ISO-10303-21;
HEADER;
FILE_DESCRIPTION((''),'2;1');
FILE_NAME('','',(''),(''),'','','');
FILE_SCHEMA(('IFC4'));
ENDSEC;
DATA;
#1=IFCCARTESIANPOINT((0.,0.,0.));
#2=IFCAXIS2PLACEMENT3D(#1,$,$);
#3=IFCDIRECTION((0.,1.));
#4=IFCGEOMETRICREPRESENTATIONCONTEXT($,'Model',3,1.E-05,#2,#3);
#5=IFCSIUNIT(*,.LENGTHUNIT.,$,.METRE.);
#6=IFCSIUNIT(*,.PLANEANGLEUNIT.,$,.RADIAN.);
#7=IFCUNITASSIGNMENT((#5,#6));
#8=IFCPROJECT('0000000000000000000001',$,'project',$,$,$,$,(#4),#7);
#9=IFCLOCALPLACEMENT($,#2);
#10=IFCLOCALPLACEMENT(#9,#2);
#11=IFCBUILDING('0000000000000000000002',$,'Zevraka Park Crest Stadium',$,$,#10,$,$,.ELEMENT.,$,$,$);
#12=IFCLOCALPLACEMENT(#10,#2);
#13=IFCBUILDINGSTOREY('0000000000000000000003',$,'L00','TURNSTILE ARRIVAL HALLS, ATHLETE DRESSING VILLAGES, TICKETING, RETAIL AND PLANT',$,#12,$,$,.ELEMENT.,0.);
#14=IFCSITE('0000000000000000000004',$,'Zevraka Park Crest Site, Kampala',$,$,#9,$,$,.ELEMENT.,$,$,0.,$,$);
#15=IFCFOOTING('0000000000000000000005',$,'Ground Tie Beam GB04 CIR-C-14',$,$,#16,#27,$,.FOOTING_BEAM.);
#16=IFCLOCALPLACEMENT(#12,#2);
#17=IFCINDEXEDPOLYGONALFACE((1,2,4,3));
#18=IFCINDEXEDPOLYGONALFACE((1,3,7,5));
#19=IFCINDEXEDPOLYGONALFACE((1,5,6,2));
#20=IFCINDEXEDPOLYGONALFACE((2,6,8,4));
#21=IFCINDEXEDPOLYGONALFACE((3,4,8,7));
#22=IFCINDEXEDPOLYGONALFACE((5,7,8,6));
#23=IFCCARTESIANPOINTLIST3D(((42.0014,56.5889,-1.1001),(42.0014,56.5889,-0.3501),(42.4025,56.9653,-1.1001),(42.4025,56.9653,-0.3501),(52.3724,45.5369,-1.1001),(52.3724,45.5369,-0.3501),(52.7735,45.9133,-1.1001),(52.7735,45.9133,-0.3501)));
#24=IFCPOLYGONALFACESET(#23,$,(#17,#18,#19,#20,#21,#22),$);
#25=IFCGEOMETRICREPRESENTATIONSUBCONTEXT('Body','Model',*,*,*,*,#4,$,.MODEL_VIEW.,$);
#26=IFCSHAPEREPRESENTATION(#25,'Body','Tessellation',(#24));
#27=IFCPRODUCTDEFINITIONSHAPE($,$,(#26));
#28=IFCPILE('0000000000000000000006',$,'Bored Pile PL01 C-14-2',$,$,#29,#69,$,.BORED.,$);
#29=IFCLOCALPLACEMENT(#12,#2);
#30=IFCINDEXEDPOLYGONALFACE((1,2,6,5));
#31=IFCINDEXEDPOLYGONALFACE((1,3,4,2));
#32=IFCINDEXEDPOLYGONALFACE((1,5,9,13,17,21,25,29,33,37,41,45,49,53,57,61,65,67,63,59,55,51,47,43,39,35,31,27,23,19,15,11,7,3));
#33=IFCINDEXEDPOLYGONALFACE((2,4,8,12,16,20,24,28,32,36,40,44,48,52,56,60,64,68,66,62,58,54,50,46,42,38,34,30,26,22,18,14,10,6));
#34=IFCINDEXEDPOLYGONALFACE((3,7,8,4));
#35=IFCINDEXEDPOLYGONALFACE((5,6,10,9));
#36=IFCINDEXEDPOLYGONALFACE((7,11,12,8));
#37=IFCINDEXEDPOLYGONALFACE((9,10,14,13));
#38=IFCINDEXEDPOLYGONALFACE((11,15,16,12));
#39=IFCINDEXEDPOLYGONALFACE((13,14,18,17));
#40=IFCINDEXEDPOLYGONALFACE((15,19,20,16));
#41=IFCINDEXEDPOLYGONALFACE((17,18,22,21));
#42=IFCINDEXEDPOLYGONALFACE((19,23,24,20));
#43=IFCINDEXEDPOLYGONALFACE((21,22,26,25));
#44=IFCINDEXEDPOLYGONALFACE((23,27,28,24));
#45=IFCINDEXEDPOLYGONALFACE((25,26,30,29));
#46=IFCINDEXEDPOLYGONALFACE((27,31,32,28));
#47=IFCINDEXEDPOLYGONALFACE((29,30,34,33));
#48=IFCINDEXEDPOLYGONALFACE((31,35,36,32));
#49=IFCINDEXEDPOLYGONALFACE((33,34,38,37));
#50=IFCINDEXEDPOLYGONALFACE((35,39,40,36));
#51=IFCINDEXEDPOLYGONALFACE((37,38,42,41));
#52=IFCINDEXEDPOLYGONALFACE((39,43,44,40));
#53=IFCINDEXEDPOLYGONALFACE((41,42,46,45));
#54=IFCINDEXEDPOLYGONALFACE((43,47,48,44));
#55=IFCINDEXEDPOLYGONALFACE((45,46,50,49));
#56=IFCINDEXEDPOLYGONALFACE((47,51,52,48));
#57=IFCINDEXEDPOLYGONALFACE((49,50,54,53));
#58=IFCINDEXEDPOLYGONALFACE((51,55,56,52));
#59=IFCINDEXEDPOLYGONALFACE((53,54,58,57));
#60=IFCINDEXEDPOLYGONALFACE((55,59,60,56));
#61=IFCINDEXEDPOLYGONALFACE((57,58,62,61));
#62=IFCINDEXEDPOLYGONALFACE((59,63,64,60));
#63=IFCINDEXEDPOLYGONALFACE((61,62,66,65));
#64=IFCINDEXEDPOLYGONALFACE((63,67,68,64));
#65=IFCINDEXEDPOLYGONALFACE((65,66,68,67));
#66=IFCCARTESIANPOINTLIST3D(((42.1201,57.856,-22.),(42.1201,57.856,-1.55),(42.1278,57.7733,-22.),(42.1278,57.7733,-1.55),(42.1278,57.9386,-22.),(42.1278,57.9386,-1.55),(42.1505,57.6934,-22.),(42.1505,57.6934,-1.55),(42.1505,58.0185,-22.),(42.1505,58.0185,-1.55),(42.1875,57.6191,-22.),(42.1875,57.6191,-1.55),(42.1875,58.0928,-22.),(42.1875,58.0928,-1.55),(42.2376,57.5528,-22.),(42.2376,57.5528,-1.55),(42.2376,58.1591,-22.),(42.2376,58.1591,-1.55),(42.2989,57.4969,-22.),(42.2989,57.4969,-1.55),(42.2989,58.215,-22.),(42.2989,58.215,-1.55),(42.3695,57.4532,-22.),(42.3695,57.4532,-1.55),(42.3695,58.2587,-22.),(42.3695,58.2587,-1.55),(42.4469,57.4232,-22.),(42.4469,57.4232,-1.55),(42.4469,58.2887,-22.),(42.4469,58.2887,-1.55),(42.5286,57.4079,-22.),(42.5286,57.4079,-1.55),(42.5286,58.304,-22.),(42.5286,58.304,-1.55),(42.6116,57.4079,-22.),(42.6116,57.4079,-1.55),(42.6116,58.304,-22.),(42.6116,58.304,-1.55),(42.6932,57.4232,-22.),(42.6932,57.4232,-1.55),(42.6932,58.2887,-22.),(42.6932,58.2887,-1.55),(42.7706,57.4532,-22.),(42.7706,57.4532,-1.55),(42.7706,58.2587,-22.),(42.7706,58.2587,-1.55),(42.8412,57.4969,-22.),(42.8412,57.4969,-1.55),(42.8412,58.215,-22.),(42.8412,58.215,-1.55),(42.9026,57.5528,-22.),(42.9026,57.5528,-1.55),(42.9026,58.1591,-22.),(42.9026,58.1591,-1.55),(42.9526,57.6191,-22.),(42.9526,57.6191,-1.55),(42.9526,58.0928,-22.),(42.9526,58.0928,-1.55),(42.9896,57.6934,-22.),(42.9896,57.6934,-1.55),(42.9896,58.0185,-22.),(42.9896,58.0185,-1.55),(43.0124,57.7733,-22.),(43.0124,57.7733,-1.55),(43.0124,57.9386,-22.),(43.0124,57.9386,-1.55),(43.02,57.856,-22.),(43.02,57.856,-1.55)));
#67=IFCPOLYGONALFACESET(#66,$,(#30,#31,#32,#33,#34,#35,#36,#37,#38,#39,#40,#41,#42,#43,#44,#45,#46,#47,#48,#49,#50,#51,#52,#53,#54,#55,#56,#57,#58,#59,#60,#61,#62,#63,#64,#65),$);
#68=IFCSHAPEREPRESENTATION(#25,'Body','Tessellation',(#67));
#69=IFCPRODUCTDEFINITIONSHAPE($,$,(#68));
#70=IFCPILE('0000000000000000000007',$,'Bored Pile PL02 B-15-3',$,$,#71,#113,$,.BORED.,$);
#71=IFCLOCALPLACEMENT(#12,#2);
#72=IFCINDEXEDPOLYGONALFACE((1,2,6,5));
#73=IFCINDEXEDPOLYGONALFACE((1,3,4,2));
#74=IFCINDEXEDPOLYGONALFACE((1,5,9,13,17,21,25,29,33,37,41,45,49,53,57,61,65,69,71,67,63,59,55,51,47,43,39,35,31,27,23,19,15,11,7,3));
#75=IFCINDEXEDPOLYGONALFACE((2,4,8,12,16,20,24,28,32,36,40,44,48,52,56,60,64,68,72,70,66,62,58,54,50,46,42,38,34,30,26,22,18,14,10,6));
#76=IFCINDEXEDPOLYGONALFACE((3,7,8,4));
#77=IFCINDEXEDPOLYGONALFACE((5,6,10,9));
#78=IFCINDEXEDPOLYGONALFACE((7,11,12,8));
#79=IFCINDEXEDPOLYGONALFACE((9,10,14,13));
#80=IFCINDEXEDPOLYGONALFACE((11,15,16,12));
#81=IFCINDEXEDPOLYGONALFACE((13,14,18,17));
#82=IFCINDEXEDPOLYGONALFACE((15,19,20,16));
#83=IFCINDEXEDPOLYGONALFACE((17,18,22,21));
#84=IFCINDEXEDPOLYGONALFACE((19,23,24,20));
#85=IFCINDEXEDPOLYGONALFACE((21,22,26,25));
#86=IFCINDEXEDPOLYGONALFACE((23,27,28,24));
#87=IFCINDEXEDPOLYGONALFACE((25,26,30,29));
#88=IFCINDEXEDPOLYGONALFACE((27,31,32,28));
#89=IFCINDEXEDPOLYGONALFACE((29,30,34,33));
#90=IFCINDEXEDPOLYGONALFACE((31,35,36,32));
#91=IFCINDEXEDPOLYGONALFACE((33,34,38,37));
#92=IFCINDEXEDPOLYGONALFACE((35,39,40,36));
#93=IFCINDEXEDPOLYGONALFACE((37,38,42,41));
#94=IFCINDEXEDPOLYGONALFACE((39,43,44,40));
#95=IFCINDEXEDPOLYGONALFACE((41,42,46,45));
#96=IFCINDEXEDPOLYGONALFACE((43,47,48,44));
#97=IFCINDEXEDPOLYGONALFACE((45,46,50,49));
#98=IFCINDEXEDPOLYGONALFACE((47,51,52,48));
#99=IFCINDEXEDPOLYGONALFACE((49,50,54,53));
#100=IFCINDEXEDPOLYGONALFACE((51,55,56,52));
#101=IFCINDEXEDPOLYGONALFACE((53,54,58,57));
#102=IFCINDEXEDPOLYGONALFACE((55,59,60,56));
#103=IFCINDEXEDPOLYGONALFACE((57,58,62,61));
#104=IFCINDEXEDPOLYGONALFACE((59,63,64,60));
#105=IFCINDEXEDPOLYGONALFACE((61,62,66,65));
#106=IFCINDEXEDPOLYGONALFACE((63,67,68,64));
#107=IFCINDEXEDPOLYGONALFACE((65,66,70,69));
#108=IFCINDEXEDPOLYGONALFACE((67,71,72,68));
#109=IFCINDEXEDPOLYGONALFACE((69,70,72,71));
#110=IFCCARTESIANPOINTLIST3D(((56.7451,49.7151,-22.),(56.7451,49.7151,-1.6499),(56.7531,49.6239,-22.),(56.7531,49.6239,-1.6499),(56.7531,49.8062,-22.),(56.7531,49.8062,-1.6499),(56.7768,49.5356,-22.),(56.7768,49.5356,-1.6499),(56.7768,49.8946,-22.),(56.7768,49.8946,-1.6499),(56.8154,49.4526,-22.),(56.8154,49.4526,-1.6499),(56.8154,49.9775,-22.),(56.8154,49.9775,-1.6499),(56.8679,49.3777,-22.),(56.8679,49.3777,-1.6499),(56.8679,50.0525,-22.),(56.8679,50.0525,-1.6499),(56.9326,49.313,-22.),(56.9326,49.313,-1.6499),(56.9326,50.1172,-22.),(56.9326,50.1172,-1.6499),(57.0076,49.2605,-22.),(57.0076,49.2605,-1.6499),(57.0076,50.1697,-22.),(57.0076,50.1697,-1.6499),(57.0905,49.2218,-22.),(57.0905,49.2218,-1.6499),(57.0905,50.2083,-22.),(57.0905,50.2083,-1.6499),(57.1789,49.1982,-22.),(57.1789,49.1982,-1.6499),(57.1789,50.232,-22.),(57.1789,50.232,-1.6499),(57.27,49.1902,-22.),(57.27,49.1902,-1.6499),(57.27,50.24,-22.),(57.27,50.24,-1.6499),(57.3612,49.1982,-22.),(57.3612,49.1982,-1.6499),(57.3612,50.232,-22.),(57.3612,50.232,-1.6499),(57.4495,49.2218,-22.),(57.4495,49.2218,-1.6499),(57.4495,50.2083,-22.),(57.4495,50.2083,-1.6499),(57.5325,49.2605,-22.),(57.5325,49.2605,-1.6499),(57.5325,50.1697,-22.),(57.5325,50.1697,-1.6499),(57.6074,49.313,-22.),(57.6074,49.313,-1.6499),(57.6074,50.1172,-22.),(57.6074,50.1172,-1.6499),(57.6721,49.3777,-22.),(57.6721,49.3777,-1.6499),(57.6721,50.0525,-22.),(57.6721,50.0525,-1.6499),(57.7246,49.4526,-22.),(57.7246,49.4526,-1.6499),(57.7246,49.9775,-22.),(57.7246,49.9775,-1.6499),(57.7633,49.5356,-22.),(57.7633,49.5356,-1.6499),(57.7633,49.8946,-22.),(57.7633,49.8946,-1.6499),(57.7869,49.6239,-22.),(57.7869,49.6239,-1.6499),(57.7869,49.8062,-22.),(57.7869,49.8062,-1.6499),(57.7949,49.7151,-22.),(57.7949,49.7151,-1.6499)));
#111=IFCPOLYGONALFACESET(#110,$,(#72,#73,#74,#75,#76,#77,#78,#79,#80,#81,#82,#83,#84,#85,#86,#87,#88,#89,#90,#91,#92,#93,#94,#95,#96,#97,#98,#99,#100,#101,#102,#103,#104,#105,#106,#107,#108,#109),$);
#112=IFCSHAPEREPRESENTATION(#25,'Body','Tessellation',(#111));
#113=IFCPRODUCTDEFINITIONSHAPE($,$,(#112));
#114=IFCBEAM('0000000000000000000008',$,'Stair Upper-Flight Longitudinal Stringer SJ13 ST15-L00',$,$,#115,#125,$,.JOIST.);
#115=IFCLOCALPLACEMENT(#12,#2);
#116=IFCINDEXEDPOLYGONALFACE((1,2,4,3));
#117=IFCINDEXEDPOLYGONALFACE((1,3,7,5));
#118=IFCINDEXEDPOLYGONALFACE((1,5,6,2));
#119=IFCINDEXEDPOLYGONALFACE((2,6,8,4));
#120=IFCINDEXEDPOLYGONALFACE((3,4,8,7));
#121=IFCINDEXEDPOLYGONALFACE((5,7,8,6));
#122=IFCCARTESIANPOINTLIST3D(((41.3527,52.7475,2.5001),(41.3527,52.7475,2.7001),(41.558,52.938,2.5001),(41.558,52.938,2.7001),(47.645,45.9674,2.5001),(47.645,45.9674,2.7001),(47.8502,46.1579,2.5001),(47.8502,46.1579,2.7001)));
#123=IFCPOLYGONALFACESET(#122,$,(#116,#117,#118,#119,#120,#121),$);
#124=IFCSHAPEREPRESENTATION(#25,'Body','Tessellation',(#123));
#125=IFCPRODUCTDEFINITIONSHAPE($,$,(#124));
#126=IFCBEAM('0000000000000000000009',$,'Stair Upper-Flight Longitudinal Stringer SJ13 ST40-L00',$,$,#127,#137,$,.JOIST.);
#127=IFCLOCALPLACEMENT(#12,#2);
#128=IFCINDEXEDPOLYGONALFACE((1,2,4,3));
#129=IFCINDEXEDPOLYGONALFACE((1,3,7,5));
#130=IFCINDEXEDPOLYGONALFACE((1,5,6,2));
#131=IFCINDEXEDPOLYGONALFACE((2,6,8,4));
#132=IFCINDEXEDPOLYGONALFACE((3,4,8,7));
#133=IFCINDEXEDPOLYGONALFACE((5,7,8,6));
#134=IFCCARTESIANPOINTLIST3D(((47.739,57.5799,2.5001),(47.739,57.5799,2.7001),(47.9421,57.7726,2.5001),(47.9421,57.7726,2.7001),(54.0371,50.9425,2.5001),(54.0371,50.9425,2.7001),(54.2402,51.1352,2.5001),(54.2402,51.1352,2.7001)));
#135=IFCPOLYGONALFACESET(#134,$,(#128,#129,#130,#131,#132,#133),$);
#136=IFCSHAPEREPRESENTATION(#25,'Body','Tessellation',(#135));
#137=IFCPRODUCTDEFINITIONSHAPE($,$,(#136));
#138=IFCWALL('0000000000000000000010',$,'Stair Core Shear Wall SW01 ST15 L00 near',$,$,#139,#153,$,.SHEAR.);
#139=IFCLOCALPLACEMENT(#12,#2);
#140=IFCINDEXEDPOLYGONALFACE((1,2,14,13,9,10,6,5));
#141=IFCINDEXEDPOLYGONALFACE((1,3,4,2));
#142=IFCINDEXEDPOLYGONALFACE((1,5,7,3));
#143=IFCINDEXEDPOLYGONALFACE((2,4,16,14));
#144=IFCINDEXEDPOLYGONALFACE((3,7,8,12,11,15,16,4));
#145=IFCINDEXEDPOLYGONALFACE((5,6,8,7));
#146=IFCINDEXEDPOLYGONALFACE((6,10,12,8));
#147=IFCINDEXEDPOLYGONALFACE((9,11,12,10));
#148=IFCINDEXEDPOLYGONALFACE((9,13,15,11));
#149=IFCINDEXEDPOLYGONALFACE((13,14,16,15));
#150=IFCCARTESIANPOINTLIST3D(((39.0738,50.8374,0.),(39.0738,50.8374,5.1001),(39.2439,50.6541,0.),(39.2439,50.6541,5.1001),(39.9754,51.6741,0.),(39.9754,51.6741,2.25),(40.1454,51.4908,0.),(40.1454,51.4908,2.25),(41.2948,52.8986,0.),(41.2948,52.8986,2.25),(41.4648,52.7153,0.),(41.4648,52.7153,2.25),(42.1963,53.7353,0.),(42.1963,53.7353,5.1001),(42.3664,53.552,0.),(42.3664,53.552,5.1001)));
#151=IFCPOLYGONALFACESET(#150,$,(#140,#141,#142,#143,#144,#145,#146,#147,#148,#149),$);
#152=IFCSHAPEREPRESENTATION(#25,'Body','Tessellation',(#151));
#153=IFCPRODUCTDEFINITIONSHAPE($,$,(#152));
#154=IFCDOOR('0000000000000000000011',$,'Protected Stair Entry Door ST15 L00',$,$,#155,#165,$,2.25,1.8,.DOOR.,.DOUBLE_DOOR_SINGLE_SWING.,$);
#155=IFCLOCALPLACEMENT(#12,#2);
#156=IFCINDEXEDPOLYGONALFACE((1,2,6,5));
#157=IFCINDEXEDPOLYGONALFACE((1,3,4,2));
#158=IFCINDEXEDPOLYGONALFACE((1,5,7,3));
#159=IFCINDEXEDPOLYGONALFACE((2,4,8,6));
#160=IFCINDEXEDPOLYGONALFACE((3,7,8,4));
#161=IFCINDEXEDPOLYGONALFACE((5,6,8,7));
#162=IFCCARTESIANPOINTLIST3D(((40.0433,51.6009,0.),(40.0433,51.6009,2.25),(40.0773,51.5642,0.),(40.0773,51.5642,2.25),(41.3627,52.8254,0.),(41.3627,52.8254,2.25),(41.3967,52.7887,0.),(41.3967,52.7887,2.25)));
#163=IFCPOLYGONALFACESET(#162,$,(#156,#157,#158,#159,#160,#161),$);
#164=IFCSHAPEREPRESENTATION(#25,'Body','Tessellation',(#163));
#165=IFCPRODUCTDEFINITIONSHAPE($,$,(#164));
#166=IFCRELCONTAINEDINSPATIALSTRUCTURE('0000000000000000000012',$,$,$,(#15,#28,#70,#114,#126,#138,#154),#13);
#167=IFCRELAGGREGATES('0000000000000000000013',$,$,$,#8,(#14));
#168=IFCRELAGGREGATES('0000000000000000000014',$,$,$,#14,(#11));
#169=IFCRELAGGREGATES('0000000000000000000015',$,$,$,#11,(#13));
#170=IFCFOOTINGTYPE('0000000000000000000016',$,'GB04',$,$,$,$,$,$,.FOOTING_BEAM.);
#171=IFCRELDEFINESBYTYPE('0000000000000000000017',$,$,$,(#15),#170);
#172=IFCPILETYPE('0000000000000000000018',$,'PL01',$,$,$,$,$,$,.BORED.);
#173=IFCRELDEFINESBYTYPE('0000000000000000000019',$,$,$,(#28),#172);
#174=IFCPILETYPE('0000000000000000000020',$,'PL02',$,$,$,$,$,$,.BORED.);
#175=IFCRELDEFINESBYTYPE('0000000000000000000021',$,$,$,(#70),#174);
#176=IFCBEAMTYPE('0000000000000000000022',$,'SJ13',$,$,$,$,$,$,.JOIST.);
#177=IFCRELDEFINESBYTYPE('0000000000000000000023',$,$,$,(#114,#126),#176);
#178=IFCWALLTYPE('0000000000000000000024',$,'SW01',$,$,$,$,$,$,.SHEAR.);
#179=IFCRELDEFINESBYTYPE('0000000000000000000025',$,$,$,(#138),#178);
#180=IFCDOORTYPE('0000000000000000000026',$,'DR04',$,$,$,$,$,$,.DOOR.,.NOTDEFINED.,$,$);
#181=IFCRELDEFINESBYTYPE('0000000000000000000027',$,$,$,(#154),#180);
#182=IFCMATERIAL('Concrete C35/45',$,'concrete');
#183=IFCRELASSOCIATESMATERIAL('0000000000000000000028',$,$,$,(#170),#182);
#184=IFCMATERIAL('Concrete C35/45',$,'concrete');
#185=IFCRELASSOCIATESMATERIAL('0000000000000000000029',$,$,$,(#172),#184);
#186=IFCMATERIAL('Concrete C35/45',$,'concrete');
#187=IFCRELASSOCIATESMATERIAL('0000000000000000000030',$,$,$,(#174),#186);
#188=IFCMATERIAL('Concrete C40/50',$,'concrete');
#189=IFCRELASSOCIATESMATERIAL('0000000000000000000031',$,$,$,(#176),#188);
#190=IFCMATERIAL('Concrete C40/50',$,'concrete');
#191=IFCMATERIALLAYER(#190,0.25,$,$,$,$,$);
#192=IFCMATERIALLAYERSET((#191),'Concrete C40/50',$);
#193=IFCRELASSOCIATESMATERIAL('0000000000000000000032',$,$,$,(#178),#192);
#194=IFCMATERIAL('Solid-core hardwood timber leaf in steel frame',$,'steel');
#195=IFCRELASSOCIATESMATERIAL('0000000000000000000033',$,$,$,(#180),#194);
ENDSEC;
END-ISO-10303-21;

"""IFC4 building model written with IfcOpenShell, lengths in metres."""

from ifc_helpers import new_model, si_unit, direction, frame, frame_2d, origin, origin_2d, place, context, subcontext, project, spatial, rectangle, circle, extrude, material, layer, layer_set, material_profile, profile_set, type_object, element, fill, save


model = new_model("IFC4")

# Units and contexts
model_context = context("Model", 3, precision=1e-05, world=origin(), true_north=direction((0.0, 1.0)))
body_context = subcontext(model_context, "Body", "Model", "MODEL_VIEW")
ifc_project = project(units=[si_unit("LENGTHUNIT", "METRE"), si_unit("PLANEANGLEUNIT", "RADIAN")], contexts=[model_context])

# Site, building, storey
site_placement = place(None, origin())
site = spatial("IfcSite", under=ifc_project, at=site_placement, Name="Zevraka Park Crest Site, Kampala", CompositionType="ELEMENT", RefElevation=0.0)
building_placement = place(site_placement, origin())
building = spatial("IfcBuilding", under=site, at=building_placement, Name="Zevraka Park Crest Stadium", CompositionType="ELEMENT")
storey_placement = place(building_placement, origin())
storey = spatial("IfcBuildingStorey", under=building, at=storey_placement, Name="L00", Description="TURNSTILE ARRIVAL HALLS, ATHLETE DRESSING VILLAGES, TICKETING, RETAIL AND PLANT", CompositionType="ELEMENT", Elevation=0.0)

# Footing
ifc_material_1 = material(Name="Concrete C35/45", Category="concrete")
ifc_material_profile_1 = material_profile(ifc_material_1, rectangle(XDim=0.55, YDim=0.75, at=origin_2d()), Name="GB 750x550")
ifc_profile_set_1 = profile_set([ifc_material_profile_1], Name="Concrete C35/45")
footing_type = type_object("IfcFootingType", Name="GB04", PredefinedType="FOOTING_BEAM", material=ifc_profile_set_1)
footing_placement = place(storey_placement, frame((42.2019, 56.7771, -0.7251), z_axis=(0.684287, -0.729213, 0.0), x_axis=(0.729213, 0.684287, 0.0)))
element("IfcFooting", 1, at=footing_placement, inside=storey, type_object=footing_type, Name="Ground Tie Beam GB04 CIR-C-14", PredefinedType="FOOTING_BEAM", context=body_context, shape_type="SweptSolid", body=[
    extrude(rectangle(XDim=0.55, YDim=0.75, at=origin_2d()), origin(), (0.0, 0.0, 1.0), 15.156),
])

# Piles
ifc_material_2 = material(Name="Concrete C35/45", Category="concrete")
ifc_material_profile_2 = material_profile(ifc_material_2, circle(Radius=0.45, at=origin_2d()), Name="PILE D900")
ifc_profile_set_2 = profile_set([ifc_material_profile_2], Name="Concrete C35/45")
pile_type_1 = type_object("IfcPileType", Name="PL01", PredefinedType="BORED", material=ifc_profile_set_2)
pile_1_placement = place(storey_placement, frame((42.5701, 57.856, -1.55), z_axis=(0.0, 0.0, -1.0), x_axis=(1.0, 0.0, 0.0)))
element("IfcPile", 2, at=pile_1_placement, inside=storey, type_object=pile_type_1, Name="Bored Pile PL01 C-14-2", PredefinedType="BORED", context=body_context, shape_type="SweptSolid", body=[
    extrude(circle(Radius=0.45, at=origin_2d()), origin(), (0.0, 0.0, 1.0), 20.45),
])
ifc_material_3 = material(Name="Concrete C35/45", Category="concrete")
ifc_material_profile_3 = material_profile(ifc_material_3, circle(Radius=0.5249, at=origin_2d()), Name="PILE D1050")
ifc_profile_set_3 = profile_set([ifc_material_profile_3], Name="Concrete C35/45")
pile_type_2 = type_object("IfcPileType", Name="PL02", PredefinedType="BORED", material=ifc_profile_set_3)
pile_2_placement = place(storey_placement, frame((57.27, 49.7151, -1.6499), z_axis=(0.0, 0.0, -1.0), x_axis=(1.0, 0.0, 0.0)))
element("IfcPile", 3, at=pile_2_placement, inside=storey, type_object=pile_type_2, Name="Bored Pile PL02 B-15-3", PredefinedType="BORED", context=body_context, shape_type="SweptSolid", body=[
    extrude(circle(Radius=0.5249, at=origin_2d()), origin(), (0.0, 0.0, 1.0), 20.3501),
])

# Beams
ifc_material_4 = material(Name="Concrete C40/50", Category="concrete")
ifc_material_profile_4 = material_profile(ifc_material_4, rectangle(XDim=0.28, YDim=0.2, at=origin_2d()), Name="RC 200x280")
ifc_profile_set_4 = profile_set([ifc_material_profile_4], Name="Concrete C40/50")
beam_type = type_object("IfcBeamType", Name="SJ13", PredefinedType="JOIST", material=ifc_profile_set_4)
beam_1_placement = place(storey_placement, frame((41.4553, 52.8428, 2.6001), z_axis=(0.680248, -0.732982, 0.0), x_axis=(0.732982, 0.680248, 0.0)))
element("IfcBeam", 4, at=beam_1_placement, inside=storey, type_object=beam_type, Name="Stair Upper-Flight Longitudinal Stringer SJ13 ST15-L00", PredefinedType="JOIST", context=body_context, shape_type="SweptSolid", body=[
    extrude(rectangle(XDim=0.28, YDim=0.2, at=origin_2d()), origin(), (0.0, 0.0, 1.0), 9.25),
])
beam_2_placement = place(storey_placement, frame((47.8406, 57.6763, 2.6001), z_axis=(0.688319, -0.725408, 0.0), x_axis=(0.725408, 0.688319, 0.0)))
element("IfcBeam", 5, at=beam_2_placement, inside=storey, type_object=beam_type, Name="Stair Upper-Flight Longitudinal Stringer SJ13 ST40-L00", PredefinedType="JOIST", context=body_context, shape_type="SweptSolid", body=[
    extrude(rectangle(XDim=0.28, YDim=0.2, at=origin_2d()), origin(), (0.0, 0.0, 1.0), 9.1499),
])

# Wall, opening, door
ifc_material_5 = material(Name="Concrete C40/50", Category="concrete")
ifc_layer = layer(ifc_material_5, 0.25)
ifc_layer_set = layer_set([ifc_layer], Name="Concrete C40/50")
wall_type = type_object("IfcWallType", Name="SW01", PredefinedType="SHEAR", material=ifc_layer_set)
wall_1_placement = place(storey_placement, frame((42.2812, 53.6436, 0.0), z_axis=(0.0, 0.0, 1.0), x_axis=(-0.732977, -0.680253, 0.0)))
wall_1 = element("IfcWall", 6, at=wall_1_placement, inside=storey, type_object=wall_type, Name="Stair Core Shear Wall SW01 ST15 L00 near", PredefinedType="SHEAR", context=body_context, shape_type="SweptSolid", body=[
    extrude(rectangle(XDim=4.26, YDim=0.25, at=frame_2d((2.1299, 0.0))), origin(), (0.0, 0.0, 1.0), 5.1001),
])
opening_1_placement = place(wall_1_placement, frame((1.23, 0.0, 0.0)))
opening_1 = element("IfcOpeningElement", 7, at=opening_1_placement, cuts=wall_1, PredefinedType="OPENING", context=body_context, shape_type="SweptSolid", body=[
    extrude(rectangle(XDim=1.8, YDim=2.25, at=frame_2d((0.8999, 1.125))), frame((0.0, 0.135, 0.0), z_axis=(0.0, -1.0, 0.0), x_axis=(1.0, 0.0, 0.0)), (0.0, 0.0, 1.0), 0.27),
])
ifc_material_6 = material(Name="Solid-core hardwood timber leaf in steel frame", Category="steel")
door_type_1 = type_object("IfcDoorType", Name="DR04", OperationType="NOTDEFINED", PredefinedType="DOOR", material=ifc_material_6)
door_1_placement = place(opening_1_placement, origin())
door_1 = element("IfcDoor", 8, at=door_1_placement, inside=storey, type_object=door_type_1, Name="Protected Stair Entry Door ST15 L00", OperationType="DOUBLE_DOOR_SINGLE_SWING", OverallHeight=2.25, OverallWidth=1.8, PredefinedType="DOOR", context=body_context, shape_type="SweptSolid", body=[
    extrude(rectangle(XDim=1.8, YDim=2.25, at=frame_2d((0.8999, 1.125))), frame((0.0, 0.0249, 0.0), z_axis=(0.0, -1.0, 0.0), x_axis=(1.0, 0.0, 0.0)), (0.0, 0.0, 1.0), 0.05),
])
fill(opening_1, door_1)

save(model, "model.ifc")
